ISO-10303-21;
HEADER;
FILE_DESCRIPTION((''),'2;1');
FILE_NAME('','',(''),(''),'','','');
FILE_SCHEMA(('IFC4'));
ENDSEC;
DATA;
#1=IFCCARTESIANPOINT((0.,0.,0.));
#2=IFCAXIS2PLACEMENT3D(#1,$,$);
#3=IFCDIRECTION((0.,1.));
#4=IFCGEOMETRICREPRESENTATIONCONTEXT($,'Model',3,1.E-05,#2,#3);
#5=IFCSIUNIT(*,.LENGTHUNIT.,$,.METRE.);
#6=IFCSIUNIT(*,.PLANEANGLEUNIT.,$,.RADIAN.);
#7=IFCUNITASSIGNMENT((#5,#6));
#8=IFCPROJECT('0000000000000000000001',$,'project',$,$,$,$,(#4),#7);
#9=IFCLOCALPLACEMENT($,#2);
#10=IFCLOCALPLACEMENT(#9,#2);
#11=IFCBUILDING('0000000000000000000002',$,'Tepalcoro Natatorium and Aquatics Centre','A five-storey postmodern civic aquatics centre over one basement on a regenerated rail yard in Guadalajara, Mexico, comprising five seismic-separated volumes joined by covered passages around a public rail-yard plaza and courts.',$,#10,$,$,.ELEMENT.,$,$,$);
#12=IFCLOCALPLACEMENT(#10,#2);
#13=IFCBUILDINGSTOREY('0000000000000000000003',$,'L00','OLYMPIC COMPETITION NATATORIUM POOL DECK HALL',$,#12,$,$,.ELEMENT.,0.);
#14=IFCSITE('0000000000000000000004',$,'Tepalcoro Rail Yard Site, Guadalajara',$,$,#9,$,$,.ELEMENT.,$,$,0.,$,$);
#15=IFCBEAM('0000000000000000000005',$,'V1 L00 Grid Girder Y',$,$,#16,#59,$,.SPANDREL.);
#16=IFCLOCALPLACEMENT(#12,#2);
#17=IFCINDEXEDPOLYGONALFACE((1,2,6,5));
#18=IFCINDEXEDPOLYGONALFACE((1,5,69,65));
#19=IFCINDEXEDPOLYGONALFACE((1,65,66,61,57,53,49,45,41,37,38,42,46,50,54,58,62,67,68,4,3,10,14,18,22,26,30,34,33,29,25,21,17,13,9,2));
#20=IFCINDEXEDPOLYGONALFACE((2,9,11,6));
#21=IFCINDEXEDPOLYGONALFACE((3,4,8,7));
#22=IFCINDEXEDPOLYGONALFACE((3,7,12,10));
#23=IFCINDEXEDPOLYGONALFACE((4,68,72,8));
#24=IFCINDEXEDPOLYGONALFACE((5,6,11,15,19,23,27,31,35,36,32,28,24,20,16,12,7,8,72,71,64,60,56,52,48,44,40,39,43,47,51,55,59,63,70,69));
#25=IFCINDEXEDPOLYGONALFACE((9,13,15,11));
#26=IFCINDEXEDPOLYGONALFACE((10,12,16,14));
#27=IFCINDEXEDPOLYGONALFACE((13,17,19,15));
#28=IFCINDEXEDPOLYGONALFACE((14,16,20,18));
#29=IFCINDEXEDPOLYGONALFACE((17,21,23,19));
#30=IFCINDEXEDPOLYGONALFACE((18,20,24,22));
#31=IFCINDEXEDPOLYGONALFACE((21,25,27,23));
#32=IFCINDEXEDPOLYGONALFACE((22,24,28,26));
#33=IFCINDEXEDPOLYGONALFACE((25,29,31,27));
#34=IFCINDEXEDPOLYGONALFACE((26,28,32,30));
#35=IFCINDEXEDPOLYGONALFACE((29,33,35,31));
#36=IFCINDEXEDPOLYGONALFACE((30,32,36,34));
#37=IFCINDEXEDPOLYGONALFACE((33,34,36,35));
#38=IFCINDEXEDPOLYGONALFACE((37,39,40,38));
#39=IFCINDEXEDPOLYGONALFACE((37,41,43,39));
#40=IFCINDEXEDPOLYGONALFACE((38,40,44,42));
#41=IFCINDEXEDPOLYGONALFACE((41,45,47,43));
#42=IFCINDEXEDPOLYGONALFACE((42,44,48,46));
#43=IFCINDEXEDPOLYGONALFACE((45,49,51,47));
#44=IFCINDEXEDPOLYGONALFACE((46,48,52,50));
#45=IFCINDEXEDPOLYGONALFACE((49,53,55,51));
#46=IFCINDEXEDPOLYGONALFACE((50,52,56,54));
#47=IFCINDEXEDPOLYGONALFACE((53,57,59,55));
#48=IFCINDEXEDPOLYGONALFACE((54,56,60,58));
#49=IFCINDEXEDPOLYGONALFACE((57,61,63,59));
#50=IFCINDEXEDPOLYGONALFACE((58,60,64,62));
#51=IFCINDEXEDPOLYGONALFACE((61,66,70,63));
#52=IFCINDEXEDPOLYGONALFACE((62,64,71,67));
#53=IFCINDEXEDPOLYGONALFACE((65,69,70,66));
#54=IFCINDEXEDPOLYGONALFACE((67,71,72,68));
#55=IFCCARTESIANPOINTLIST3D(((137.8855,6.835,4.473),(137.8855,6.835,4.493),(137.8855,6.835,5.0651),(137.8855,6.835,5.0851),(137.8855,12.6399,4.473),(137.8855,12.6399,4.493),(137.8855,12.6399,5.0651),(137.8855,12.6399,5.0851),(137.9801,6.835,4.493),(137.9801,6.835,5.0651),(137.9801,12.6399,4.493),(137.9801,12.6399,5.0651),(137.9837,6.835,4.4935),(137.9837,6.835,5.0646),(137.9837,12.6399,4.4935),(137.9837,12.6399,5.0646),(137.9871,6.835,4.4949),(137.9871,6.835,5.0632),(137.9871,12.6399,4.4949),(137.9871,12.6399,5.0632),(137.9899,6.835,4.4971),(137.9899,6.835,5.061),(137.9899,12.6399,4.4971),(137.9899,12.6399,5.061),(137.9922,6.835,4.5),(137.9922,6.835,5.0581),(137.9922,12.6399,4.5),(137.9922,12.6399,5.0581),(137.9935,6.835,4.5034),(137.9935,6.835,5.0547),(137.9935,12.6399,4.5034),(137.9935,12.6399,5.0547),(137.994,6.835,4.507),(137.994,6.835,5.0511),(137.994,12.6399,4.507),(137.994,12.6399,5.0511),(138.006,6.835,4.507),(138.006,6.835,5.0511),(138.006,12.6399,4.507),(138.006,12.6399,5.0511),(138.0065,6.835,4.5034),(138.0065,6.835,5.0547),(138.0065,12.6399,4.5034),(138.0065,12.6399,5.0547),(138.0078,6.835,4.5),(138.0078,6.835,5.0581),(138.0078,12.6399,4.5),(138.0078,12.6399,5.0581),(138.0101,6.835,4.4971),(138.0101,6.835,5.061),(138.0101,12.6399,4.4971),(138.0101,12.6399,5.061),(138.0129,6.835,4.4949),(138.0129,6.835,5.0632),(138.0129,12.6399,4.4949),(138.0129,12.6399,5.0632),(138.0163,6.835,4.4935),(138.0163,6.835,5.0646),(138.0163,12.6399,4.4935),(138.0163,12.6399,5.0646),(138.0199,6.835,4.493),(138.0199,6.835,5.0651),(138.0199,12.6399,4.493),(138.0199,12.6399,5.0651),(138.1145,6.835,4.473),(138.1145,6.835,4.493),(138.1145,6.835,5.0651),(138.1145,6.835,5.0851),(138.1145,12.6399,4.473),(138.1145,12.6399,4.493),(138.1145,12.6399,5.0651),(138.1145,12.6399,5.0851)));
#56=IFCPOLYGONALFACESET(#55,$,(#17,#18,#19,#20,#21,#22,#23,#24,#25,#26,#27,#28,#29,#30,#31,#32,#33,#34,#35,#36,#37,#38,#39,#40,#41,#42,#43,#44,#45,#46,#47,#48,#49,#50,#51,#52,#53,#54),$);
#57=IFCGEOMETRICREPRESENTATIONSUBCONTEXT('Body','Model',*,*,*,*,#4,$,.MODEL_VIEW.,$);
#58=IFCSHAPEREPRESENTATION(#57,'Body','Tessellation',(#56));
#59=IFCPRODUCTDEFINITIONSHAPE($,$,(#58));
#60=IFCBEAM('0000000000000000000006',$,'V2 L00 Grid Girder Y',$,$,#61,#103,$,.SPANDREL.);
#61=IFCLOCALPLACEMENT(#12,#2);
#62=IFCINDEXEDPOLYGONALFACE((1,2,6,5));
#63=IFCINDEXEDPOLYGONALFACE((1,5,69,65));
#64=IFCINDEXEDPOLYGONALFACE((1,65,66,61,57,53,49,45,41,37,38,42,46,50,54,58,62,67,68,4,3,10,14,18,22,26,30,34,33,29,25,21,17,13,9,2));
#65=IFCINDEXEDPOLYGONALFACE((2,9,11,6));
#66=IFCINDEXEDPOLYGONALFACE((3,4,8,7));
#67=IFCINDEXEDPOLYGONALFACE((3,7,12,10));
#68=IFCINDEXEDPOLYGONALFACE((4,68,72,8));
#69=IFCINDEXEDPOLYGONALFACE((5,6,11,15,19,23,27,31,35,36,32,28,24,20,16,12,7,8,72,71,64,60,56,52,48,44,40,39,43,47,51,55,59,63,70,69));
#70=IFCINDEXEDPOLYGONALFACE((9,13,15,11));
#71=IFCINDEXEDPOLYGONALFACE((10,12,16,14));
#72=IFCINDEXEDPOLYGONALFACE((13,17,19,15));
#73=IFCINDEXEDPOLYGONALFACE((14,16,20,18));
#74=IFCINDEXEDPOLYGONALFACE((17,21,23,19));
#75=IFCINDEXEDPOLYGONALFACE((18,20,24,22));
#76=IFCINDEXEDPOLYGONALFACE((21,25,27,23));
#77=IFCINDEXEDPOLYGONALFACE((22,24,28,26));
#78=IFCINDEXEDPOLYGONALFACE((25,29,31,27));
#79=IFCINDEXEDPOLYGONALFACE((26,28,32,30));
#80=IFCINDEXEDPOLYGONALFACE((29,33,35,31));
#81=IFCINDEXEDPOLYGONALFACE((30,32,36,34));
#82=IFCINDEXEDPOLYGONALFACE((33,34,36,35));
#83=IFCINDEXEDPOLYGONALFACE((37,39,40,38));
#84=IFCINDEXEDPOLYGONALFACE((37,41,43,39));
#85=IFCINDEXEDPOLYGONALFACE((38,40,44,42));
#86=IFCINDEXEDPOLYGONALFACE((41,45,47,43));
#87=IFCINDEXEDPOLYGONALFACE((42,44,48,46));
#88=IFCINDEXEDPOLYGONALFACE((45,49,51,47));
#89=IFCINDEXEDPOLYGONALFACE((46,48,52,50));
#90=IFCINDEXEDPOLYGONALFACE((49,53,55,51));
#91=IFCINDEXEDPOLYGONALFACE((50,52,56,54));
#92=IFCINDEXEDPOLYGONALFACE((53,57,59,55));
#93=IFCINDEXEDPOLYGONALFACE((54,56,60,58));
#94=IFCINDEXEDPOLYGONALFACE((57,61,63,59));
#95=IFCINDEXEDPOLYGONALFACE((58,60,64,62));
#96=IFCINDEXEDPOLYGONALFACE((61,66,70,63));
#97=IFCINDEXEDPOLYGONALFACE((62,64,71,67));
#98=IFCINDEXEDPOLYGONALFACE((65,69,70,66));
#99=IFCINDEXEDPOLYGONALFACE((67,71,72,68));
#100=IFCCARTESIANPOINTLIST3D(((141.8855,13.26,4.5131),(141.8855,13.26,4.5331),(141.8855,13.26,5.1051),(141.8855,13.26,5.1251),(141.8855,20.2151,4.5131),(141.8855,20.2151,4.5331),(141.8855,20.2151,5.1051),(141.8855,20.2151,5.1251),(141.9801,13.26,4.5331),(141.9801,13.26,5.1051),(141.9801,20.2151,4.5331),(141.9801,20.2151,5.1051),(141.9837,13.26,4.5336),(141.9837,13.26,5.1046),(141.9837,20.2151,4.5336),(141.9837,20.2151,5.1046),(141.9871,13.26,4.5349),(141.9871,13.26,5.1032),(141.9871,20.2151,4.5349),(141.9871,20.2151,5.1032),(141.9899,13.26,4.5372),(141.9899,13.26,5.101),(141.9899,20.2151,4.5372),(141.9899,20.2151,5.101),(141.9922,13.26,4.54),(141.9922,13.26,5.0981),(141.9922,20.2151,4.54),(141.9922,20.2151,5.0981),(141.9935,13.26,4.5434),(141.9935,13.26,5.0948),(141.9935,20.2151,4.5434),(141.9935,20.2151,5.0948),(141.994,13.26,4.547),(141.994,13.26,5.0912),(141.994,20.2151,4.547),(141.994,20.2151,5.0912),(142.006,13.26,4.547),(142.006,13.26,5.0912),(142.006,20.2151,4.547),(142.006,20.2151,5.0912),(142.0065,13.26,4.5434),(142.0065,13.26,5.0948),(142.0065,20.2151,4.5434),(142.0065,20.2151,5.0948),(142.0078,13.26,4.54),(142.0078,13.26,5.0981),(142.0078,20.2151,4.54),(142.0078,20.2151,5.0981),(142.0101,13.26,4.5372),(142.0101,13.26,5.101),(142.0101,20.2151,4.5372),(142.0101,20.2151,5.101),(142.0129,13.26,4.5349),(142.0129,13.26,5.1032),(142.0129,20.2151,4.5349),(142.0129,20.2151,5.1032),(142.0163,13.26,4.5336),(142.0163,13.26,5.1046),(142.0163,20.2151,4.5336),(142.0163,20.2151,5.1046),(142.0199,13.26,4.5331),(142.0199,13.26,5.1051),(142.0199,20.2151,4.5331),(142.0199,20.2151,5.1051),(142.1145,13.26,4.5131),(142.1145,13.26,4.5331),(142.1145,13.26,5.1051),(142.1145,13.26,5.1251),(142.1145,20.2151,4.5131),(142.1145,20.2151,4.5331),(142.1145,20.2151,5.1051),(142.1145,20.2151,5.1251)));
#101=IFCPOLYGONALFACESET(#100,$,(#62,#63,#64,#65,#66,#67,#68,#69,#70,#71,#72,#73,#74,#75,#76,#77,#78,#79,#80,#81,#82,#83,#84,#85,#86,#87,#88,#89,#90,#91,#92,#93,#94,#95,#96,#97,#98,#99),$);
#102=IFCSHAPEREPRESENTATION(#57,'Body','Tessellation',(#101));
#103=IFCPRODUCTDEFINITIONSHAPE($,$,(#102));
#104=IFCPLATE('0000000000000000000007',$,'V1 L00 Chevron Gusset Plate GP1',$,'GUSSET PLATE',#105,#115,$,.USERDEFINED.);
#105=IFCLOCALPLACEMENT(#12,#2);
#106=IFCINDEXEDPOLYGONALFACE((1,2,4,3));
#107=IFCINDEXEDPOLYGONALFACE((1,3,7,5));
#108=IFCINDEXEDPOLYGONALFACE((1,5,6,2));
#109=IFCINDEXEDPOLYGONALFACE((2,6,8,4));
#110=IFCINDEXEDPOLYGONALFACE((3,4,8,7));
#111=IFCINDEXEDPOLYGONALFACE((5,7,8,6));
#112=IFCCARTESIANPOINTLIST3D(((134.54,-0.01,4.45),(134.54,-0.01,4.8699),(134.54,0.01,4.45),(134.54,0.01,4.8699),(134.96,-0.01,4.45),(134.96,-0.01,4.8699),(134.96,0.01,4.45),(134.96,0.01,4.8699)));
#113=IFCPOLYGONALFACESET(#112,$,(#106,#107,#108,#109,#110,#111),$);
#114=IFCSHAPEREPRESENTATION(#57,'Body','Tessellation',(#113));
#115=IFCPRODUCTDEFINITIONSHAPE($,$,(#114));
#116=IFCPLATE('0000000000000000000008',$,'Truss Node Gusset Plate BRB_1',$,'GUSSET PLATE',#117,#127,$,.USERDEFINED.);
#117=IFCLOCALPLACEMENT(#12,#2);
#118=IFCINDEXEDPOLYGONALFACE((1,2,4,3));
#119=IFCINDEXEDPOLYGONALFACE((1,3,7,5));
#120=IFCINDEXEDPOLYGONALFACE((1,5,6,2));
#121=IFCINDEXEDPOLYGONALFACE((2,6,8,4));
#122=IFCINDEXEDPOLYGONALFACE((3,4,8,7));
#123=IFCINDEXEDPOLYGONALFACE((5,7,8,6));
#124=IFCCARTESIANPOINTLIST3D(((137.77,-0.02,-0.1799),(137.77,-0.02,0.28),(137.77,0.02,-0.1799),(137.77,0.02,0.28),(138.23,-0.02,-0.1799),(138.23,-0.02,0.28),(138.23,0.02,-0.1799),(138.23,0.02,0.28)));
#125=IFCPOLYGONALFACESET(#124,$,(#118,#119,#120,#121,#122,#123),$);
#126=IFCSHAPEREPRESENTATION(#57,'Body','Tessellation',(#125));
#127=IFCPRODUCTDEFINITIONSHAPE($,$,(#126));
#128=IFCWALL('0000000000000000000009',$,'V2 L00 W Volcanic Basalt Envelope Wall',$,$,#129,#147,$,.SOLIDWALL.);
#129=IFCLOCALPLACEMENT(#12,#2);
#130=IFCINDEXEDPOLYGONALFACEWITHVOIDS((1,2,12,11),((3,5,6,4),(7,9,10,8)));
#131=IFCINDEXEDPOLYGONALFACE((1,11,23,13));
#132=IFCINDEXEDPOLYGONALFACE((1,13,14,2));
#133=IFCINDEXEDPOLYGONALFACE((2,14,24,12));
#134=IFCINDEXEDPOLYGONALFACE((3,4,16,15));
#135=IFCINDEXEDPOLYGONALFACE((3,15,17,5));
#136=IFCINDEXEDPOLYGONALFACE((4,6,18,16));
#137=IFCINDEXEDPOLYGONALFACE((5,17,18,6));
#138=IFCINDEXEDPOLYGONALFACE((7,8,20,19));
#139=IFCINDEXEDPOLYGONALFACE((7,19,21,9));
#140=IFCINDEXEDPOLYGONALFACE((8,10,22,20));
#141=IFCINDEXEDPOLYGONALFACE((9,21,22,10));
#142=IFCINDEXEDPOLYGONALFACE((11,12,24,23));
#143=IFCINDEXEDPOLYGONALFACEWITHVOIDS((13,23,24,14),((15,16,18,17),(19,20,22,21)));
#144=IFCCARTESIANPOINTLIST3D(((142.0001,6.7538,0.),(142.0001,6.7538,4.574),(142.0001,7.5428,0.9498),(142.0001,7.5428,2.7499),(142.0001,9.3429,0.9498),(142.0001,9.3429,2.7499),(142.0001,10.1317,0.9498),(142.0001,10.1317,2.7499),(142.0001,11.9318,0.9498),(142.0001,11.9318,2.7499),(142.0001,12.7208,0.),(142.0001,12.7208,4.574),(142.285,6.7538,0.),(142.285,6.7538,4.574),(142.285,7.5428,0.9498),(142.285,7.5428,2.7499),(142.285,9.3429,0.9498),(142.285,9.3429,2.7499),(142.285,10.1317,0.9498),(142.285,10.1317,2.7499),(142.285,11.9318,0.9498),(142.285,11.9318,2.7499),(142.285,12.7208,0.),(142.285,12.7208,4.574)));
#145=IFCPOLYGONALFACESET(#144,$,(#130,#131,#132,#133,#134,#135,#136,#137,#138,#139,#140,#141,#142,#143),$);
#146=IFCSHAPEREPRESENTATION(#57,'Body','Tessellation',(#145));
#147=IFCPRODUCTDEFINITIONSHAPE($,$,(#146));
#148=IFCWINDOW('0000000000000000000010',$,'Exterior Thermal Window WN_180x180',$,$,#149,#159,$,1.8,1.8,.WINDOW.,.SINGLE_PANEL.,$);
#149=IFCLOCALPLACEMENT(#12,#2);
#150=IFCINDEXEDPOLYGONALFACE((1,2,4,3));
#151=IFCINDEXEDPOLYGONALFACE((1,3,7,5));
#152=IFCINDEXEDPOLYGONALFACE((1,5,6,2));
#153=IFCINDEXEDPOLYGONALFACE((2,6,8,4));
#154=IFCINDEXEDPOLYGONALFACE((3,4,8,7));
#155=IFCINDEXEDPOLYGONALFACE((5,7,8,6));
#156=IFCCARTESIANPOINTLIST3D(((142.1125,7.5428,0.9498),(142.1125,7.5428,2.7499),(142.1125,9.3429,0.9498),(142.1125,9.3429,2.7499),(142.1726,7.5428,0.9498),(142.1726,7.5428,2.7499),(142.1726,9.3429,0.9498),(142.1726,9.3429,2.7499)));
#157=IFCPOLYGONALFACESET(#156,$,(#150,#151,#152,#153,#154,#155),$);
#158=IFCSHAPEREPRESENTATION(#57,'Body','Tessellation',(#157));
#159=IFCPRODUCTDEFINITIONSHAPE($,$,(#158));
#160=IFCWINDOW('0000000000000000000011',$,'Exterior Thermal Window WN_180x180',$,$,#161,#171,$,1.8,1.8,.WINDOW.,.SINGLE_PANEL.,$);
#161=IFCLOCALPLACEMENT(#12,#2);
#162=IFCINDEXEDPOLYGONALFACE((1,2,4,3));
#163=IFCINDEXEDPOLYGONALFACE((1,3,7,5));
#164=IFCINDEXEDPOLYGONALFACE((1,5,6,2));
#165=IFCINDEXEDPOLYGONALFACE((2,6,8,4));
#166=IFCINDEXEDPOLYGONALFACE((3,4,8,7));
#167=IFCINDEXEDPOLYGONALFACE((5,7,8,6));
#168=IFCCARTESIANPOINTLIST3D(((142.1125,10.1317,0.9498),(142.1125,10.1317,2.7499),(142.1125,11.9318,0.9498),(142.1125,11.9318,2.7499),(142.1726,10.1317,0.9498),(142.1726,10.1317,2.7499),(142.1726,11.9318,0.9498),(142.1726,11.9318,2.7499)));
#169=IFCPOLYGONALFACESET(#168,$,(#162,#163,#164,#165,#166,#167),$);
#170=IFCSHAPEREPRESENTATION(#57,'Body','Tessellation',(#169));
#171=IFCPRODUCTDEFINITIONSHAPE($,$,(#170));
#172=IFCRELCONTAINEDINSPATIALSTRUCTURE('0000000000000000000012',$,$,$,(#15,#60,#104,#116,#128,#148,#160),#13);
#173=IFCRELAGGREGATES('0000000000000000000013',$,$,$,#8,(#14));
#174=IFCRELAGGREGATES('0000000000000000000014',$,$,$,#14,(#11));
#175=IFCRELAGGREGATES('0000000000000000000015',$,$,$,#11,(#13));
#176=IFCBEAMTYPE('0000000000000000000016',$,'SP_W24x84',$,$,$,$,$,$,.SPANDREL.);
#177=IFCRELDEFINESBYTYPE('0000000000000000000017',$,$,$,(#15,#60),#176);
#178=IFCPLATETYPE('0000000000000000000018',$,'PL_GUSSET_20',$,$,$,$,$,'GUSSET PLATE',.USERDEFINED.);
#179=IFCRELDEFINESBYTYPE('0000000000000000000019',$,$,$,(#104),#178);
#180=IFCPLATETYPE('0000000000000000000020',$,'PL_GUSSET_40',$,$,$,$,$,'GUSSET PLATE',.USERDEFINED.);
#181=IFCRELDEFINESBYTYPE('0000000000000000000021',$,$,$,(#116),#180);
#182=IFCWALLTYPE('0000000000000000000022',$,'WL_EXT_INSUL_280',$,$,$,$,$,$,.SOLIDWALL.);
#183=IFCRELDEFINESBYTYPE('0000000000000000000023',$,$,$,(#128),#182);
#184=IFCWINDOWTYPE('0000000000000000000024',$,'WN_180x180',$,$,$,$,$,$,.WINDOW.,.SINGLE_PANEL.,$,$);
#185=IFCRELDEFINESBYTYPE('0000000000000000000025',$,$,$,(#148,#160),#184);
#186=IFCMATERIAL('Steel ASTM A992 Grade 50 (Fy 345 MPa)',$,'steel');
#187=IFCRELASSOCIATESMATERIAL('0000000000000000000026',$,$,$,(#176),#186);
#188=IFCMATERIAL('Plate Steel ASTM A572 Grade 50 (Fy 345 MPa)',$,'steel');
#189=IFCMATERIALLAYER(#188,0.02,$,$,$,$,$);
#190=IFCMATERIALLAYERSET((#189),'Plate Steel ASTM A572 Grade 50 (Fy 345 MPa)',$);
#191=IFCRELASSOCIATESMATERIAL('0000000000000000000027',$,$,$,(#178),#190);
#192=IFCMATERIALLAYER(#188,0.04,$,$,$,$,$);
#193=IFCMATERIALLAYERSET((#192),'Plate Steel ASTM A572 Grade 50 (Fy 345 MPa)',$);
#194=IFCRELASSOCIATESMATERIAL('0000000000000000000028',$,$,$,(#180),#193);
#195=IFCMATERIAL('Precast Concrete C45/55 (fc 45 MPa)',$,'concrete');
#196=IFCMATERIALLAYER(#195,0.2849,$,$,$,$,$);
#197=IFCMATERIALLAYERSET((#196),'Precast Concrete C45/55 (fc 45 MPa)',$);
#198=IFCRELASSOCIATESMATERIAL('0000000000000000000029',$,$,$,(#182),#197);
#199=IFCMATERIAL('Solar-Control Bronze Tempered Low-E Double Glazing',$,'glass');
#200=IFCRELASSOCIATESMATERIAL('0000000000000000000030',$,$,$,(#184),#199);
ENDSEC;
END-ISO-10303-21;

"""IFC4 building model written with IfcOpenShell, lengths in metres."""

from ifc_helpers import new_model, si_unit, direction, frame, frame_2d, origin, origin_2d, place, context, subcontext, project, spatial, rectangle, i_section, extrude, material, layer, layer_set, material_profile, profile_set, type_object, element, fill, save


model = new_model("IFC4")

# Units and contexts
model_context = context("Model", 3, precision=1e-05, world=origin(), true_north=direction((0.0, 1.0)))
body_context = subcontext(model_context, "Body", "Model", "MODEL_VIEW")
ifc_project = project(units=[si_unit("LENGTHUNIT", "METRE"), si_unit("PLANEANGLEUNIT", "RADIAN")], contexts=[model_context])

# Site, building, storey
site_placement = place(None, origin())
site = spatial("IfcSite", under=ifc_project, at=site_placement, Name="Tepalcoro Rail Yard Site, Guadalajara", CompositionType="ELEMENT", RefElevation=0.0)
building_placement = place(site_placement, origin())
building = spatial("IfcBuilding", under=site, at=building_placement, Name="Tepalcoro Natatorium and Aquatics Centre", Description="A five-storey postmodern civic aquatics centre over one basement on a regenerated rail yard in Guadalajara, Mexico, comprising five seismic-separated volumes joined by covered passages around a public rail-yard plaza and courts.", CompositionType="ELEMENT")
storey_placement = place(building_placement, origin())
storey = spatial("IfcBuildingStorey", under=building, at=storey_placement, Name="L00", Description="OLYMPIC COMPETITION NATATORIUM POOL DECK HALL", CompositionType="ELEMENT", Elevation=0.0)

# Shared definitions
ifc_material_1 = material(Name="Steel ASTM A992 Grade 50 (Fy 345 MPa)", Category="steel")

# Beams
ifc_material_profile_1 = material_profile(ifc_material_1, i_section(OverallWidth=0.229, OverallDepth=0.6121, WebThickness=0.012, FlangeThickness=0.02, FilletRadius=0.0139, at=origin_2d()), Name="W24X84")
ifc_profile_set_1 = profile_set([ifc_material_profile_1], Name="Steel ASTM A992 Grade 50 (Fy 345 MPa)")
beam_type_1 = type_object("IfcBeamType", Name="SP_W24x84", PredefinedType="SPANDREL", material=ifc_profile_set_1)
beam_1_placement = place(storey_placement, frame((138.0, 6.835, 4.7791), z_axis=(0.0, 1.0, 0.0), x_axis=(-1.0, 0.0, 0.0)))
element("IfcBeam", 1, at=beam_1_placement, inside=storey, type_object=beam_type_1, Name="V1 L00 Grid Girder Y", PredefinedType="SPANDREL", context=body_context, shape_type="SweptSolid", body=[
    extrude(i_section(OverallWidth=0.229, OverallDepth=0.6121, WebThickness=0.012, FlangeThickness=0.02, FilletRadius=0.0139, at=origin_2d()), origin(), (0.0, 0.0, 1.0), 5.8049),
])
beam_2_placement = place(storey_placement, frame((142.0, 13.26, 4.8191), z_axis=(0.0, 1.0, 0.0), x_axis=(-1.0, 0.0, 0.0)))
element("IfcBeam", 2, at=beam_2_placement, inside=storey, type_object=beam_type_1, Name="V2 L00 Grid Girder Y", PredefinedType="SPANDREL", context=body_context, shape_type="SweptSolid", body=[
    extrude(i_section(OverallWidth=0.229, OverallDepth=0.6121, WebThickness=0.012, FlangeThickness=0.02, FilletRadius=0.0139, at=origin_2d()), origin(), (0.0, 0.0, 1.0), 6.9551),
])

# Plates
ifc_material_2 = material(Name="Plate Steel ASTM A572 Grade 50 (Fy 345 MPa)", Category="steel")
ifc_layer_1 = layer(ifc_material_2, 0.02)
ifc_layer_set_1 = layer_set([ifc_layer_1], Name="Plate Steel ASTM A572 Grade 50 (Fy 345 MPa)")
plate_type_1 = type_object("IfcPlateType", Name="PL_GUSSET_20", ElementType="GUSSET PLATE", PredefinedType="USERDEFINED", material=ifc_layer_set_1)
plate_1_placement = place(storey_placement, frame((134.75, 0.0, 4.45), z_axis=(0.0, 0.0, 1.0), x_axis=(1.0, 0.0, 0.0)))
element("IfcPlate", 3, at=plate_1_placement, inside=storey, type_object=plate_type_1, Name="V1 L00 Chevron Gusset Plate GP1", ObjectType="GUSSET PLATE", PredefinedType="USERDEFINED", context=body_context, shape_type="SweptSolid", body=[
    extrude(rectangle(XDim=0.4199, YDim=0.02, at=origin_2d()), origin(), (0.0, 0.0, 1.0), 0.4199),
])
ifc_layer_2 = layer(ifc_material_2, 0.04)
ifc_layer_set_2 = layer_set([ifc_layer_2], Name="Plate Steel ASTM A572 Grade 50 (Fy 345 MPa)")
plate_type_2 = type_object("IfcPlateType", Name="PL_GUSSET_40", ElementType="GUSSET PLATE", PredefinedType="USERDEFINED", material=ifc_layer_set_2)
plate_2_placement = place(storey_placement, frame((138.0, 0.0, -0.1799), z_axis=(0.0, 0.0, 1.0), x_axis=(1.0, 0.0, 0.0)))
element("IfcPlate", 4, at=plate_2_placement, inside=storey, type_object=plate_type_2, Name="Truss Node Gusset Plate BRB_1", ObjectType="GUSSET PLATE", PredefinedType="USERDEFINED", context=body_context, shape_type="SweptSolid", body=[
    extrude(rectangle(XDim=0.46, YDim=0.04, at=origin_2d()), origin(), (0.0, 0.0, 1.0), 0.46),
])

# Wall, openings, windows
ifc_material_3 = material(Name="Precast Concrete C45/55 (fc 45 MPa)", Category="concrete")
ifc_layer_3 = layer(ifc_material_3, 0.2849)
ifc_layer_set_3 = layer_set([ifc_layer_3], Name="Precast Concrete C45/55 (fc 45 MPa)")
wall_type = type_object("IfcWallType", Name="WL_EXT_INSUL_280", PredefinedType="SOLIDWALL", material=ifc_layer_set_3)
wall_placement = place(storey_placement, frame((142.1426, 6.7539, 0.0), z_axis=(0.0, 0.0, 1.0), x_axis=(0.0, 1.0, 0.0)))
wall = element("IfcWall", 5, at=wall_placement, inside=storey, type_object=wall_type, Name="V2 L00 W Volcanic Basalt Envelope Wall", PredefinedType="SOLIDWALL", context=body_context, shape_type="SweptSolid", body=[
    extrude(rectangle(XDim=5.967, YDim=0.2849, at=frame_2d((2.9834, 0.0))), origin(), (0.0, 0.0, 1.0), 4.574),
])
opening_1_placement = place(wall_placement, frame((0.7891, 0.0, 0.95)))
opening_1 = element("IfcOpeningElement", 6, at=opening_1_placement, cuts=wall, PredefinedType="OPENING", context=body_context, shape_type="SweptSolid", body=[
    extrude(rectangle(XDim=1.8, YDim=1.8, at=frame_2d((0.8999, 0.8999))), frame((0.0, 0.1543, 0.0), z_axis=(0.0, -1.0, 0.0), x_axis=(1.0, 0.0, 0.0)), (0.0, 0.0, 1.0), 0.3088),
])
opening_2_placement = place(wall_placement, frame((3.3779, 0.0, 0.95)))
opening_2 = element("IfcOpeningElement", 7, at=opening_2_placement, cuts=wall, PredefinedType="OPENING", context=body_context, shape_type="SweptSolid", body=[
    extrude(rectangle(XDim=1.8, YDim=1.8, at=frame_2d((0.8999, 0.8999))), frame((0.0, 0.1543, 0.0), z_axis=(0.0, -1.0, 0.0), x_axis=(1.0, 0.0, 0.0)), (0.0, 0.0, 1.0), 0.3088),
])
ifc_material_4 = material(Name="Solar-Control Bronze Tempered Low-E Double Glazing", Category="glass")
window_type = type_object("IfcWindowType", Name="WN_180x180", PartitioningType="SINGLE_PANEL", PredefinedType="WINDOW", material=ifc_material_4)
window_1_placement = place(opening_1_placement, origin())
window_1 = element("IfcWindow", 8, at=window_1_placement, inside=storey, type_object=window_type, Name="Exterior Thermal Window WN_180x180", OverallHeight=1.8, OverallWidth=1.8, PartitioningType="SINGLE_PANEL", PredefinedType="WINDOW", context=body_context, shape_type="SweptSolid", body=[
    extrude(rectangle(XDim=1.8, YDim=1.8, at=frame_2d((0.8999, 0.8999))), frame((0.0, 0.03, 0.0), z_axis=(0.0, -1.0, 0.0), x_axis=(1.0, 0.0, 0.0)), (0.0, 0.0, 1.0), 0.0601),
])
fill(opening_1, window_1)
window_2_placement = place(opening_2_placement, origin())
window_2 = element("IfcWindow", 9, at=window_2_placement, inside=storey, type_object=window_type, Name="Exterior Thermal Window WN_180x180", OverallHeight=1.8, OverallWidth=1.8, PartitioningType="SINGLE_PANEL", PredefinedType="WINDOW", context=body_context, shape_type="SweptSolid", body=[
    extrude(rectangle(XDim=1.8, YDim=1.8, at=frame_2d((0.8999, 0.8999))), frame((0.0, 0.03, 0.0), z_axis=(0.0, -1.0, 0.0), x_axis=(1.0, 0.0, 0.0)), (0.0, 0.0, 1.0), 0.0601),
])
fill(opening_2, window_2)

save(model, "model.ifc")
